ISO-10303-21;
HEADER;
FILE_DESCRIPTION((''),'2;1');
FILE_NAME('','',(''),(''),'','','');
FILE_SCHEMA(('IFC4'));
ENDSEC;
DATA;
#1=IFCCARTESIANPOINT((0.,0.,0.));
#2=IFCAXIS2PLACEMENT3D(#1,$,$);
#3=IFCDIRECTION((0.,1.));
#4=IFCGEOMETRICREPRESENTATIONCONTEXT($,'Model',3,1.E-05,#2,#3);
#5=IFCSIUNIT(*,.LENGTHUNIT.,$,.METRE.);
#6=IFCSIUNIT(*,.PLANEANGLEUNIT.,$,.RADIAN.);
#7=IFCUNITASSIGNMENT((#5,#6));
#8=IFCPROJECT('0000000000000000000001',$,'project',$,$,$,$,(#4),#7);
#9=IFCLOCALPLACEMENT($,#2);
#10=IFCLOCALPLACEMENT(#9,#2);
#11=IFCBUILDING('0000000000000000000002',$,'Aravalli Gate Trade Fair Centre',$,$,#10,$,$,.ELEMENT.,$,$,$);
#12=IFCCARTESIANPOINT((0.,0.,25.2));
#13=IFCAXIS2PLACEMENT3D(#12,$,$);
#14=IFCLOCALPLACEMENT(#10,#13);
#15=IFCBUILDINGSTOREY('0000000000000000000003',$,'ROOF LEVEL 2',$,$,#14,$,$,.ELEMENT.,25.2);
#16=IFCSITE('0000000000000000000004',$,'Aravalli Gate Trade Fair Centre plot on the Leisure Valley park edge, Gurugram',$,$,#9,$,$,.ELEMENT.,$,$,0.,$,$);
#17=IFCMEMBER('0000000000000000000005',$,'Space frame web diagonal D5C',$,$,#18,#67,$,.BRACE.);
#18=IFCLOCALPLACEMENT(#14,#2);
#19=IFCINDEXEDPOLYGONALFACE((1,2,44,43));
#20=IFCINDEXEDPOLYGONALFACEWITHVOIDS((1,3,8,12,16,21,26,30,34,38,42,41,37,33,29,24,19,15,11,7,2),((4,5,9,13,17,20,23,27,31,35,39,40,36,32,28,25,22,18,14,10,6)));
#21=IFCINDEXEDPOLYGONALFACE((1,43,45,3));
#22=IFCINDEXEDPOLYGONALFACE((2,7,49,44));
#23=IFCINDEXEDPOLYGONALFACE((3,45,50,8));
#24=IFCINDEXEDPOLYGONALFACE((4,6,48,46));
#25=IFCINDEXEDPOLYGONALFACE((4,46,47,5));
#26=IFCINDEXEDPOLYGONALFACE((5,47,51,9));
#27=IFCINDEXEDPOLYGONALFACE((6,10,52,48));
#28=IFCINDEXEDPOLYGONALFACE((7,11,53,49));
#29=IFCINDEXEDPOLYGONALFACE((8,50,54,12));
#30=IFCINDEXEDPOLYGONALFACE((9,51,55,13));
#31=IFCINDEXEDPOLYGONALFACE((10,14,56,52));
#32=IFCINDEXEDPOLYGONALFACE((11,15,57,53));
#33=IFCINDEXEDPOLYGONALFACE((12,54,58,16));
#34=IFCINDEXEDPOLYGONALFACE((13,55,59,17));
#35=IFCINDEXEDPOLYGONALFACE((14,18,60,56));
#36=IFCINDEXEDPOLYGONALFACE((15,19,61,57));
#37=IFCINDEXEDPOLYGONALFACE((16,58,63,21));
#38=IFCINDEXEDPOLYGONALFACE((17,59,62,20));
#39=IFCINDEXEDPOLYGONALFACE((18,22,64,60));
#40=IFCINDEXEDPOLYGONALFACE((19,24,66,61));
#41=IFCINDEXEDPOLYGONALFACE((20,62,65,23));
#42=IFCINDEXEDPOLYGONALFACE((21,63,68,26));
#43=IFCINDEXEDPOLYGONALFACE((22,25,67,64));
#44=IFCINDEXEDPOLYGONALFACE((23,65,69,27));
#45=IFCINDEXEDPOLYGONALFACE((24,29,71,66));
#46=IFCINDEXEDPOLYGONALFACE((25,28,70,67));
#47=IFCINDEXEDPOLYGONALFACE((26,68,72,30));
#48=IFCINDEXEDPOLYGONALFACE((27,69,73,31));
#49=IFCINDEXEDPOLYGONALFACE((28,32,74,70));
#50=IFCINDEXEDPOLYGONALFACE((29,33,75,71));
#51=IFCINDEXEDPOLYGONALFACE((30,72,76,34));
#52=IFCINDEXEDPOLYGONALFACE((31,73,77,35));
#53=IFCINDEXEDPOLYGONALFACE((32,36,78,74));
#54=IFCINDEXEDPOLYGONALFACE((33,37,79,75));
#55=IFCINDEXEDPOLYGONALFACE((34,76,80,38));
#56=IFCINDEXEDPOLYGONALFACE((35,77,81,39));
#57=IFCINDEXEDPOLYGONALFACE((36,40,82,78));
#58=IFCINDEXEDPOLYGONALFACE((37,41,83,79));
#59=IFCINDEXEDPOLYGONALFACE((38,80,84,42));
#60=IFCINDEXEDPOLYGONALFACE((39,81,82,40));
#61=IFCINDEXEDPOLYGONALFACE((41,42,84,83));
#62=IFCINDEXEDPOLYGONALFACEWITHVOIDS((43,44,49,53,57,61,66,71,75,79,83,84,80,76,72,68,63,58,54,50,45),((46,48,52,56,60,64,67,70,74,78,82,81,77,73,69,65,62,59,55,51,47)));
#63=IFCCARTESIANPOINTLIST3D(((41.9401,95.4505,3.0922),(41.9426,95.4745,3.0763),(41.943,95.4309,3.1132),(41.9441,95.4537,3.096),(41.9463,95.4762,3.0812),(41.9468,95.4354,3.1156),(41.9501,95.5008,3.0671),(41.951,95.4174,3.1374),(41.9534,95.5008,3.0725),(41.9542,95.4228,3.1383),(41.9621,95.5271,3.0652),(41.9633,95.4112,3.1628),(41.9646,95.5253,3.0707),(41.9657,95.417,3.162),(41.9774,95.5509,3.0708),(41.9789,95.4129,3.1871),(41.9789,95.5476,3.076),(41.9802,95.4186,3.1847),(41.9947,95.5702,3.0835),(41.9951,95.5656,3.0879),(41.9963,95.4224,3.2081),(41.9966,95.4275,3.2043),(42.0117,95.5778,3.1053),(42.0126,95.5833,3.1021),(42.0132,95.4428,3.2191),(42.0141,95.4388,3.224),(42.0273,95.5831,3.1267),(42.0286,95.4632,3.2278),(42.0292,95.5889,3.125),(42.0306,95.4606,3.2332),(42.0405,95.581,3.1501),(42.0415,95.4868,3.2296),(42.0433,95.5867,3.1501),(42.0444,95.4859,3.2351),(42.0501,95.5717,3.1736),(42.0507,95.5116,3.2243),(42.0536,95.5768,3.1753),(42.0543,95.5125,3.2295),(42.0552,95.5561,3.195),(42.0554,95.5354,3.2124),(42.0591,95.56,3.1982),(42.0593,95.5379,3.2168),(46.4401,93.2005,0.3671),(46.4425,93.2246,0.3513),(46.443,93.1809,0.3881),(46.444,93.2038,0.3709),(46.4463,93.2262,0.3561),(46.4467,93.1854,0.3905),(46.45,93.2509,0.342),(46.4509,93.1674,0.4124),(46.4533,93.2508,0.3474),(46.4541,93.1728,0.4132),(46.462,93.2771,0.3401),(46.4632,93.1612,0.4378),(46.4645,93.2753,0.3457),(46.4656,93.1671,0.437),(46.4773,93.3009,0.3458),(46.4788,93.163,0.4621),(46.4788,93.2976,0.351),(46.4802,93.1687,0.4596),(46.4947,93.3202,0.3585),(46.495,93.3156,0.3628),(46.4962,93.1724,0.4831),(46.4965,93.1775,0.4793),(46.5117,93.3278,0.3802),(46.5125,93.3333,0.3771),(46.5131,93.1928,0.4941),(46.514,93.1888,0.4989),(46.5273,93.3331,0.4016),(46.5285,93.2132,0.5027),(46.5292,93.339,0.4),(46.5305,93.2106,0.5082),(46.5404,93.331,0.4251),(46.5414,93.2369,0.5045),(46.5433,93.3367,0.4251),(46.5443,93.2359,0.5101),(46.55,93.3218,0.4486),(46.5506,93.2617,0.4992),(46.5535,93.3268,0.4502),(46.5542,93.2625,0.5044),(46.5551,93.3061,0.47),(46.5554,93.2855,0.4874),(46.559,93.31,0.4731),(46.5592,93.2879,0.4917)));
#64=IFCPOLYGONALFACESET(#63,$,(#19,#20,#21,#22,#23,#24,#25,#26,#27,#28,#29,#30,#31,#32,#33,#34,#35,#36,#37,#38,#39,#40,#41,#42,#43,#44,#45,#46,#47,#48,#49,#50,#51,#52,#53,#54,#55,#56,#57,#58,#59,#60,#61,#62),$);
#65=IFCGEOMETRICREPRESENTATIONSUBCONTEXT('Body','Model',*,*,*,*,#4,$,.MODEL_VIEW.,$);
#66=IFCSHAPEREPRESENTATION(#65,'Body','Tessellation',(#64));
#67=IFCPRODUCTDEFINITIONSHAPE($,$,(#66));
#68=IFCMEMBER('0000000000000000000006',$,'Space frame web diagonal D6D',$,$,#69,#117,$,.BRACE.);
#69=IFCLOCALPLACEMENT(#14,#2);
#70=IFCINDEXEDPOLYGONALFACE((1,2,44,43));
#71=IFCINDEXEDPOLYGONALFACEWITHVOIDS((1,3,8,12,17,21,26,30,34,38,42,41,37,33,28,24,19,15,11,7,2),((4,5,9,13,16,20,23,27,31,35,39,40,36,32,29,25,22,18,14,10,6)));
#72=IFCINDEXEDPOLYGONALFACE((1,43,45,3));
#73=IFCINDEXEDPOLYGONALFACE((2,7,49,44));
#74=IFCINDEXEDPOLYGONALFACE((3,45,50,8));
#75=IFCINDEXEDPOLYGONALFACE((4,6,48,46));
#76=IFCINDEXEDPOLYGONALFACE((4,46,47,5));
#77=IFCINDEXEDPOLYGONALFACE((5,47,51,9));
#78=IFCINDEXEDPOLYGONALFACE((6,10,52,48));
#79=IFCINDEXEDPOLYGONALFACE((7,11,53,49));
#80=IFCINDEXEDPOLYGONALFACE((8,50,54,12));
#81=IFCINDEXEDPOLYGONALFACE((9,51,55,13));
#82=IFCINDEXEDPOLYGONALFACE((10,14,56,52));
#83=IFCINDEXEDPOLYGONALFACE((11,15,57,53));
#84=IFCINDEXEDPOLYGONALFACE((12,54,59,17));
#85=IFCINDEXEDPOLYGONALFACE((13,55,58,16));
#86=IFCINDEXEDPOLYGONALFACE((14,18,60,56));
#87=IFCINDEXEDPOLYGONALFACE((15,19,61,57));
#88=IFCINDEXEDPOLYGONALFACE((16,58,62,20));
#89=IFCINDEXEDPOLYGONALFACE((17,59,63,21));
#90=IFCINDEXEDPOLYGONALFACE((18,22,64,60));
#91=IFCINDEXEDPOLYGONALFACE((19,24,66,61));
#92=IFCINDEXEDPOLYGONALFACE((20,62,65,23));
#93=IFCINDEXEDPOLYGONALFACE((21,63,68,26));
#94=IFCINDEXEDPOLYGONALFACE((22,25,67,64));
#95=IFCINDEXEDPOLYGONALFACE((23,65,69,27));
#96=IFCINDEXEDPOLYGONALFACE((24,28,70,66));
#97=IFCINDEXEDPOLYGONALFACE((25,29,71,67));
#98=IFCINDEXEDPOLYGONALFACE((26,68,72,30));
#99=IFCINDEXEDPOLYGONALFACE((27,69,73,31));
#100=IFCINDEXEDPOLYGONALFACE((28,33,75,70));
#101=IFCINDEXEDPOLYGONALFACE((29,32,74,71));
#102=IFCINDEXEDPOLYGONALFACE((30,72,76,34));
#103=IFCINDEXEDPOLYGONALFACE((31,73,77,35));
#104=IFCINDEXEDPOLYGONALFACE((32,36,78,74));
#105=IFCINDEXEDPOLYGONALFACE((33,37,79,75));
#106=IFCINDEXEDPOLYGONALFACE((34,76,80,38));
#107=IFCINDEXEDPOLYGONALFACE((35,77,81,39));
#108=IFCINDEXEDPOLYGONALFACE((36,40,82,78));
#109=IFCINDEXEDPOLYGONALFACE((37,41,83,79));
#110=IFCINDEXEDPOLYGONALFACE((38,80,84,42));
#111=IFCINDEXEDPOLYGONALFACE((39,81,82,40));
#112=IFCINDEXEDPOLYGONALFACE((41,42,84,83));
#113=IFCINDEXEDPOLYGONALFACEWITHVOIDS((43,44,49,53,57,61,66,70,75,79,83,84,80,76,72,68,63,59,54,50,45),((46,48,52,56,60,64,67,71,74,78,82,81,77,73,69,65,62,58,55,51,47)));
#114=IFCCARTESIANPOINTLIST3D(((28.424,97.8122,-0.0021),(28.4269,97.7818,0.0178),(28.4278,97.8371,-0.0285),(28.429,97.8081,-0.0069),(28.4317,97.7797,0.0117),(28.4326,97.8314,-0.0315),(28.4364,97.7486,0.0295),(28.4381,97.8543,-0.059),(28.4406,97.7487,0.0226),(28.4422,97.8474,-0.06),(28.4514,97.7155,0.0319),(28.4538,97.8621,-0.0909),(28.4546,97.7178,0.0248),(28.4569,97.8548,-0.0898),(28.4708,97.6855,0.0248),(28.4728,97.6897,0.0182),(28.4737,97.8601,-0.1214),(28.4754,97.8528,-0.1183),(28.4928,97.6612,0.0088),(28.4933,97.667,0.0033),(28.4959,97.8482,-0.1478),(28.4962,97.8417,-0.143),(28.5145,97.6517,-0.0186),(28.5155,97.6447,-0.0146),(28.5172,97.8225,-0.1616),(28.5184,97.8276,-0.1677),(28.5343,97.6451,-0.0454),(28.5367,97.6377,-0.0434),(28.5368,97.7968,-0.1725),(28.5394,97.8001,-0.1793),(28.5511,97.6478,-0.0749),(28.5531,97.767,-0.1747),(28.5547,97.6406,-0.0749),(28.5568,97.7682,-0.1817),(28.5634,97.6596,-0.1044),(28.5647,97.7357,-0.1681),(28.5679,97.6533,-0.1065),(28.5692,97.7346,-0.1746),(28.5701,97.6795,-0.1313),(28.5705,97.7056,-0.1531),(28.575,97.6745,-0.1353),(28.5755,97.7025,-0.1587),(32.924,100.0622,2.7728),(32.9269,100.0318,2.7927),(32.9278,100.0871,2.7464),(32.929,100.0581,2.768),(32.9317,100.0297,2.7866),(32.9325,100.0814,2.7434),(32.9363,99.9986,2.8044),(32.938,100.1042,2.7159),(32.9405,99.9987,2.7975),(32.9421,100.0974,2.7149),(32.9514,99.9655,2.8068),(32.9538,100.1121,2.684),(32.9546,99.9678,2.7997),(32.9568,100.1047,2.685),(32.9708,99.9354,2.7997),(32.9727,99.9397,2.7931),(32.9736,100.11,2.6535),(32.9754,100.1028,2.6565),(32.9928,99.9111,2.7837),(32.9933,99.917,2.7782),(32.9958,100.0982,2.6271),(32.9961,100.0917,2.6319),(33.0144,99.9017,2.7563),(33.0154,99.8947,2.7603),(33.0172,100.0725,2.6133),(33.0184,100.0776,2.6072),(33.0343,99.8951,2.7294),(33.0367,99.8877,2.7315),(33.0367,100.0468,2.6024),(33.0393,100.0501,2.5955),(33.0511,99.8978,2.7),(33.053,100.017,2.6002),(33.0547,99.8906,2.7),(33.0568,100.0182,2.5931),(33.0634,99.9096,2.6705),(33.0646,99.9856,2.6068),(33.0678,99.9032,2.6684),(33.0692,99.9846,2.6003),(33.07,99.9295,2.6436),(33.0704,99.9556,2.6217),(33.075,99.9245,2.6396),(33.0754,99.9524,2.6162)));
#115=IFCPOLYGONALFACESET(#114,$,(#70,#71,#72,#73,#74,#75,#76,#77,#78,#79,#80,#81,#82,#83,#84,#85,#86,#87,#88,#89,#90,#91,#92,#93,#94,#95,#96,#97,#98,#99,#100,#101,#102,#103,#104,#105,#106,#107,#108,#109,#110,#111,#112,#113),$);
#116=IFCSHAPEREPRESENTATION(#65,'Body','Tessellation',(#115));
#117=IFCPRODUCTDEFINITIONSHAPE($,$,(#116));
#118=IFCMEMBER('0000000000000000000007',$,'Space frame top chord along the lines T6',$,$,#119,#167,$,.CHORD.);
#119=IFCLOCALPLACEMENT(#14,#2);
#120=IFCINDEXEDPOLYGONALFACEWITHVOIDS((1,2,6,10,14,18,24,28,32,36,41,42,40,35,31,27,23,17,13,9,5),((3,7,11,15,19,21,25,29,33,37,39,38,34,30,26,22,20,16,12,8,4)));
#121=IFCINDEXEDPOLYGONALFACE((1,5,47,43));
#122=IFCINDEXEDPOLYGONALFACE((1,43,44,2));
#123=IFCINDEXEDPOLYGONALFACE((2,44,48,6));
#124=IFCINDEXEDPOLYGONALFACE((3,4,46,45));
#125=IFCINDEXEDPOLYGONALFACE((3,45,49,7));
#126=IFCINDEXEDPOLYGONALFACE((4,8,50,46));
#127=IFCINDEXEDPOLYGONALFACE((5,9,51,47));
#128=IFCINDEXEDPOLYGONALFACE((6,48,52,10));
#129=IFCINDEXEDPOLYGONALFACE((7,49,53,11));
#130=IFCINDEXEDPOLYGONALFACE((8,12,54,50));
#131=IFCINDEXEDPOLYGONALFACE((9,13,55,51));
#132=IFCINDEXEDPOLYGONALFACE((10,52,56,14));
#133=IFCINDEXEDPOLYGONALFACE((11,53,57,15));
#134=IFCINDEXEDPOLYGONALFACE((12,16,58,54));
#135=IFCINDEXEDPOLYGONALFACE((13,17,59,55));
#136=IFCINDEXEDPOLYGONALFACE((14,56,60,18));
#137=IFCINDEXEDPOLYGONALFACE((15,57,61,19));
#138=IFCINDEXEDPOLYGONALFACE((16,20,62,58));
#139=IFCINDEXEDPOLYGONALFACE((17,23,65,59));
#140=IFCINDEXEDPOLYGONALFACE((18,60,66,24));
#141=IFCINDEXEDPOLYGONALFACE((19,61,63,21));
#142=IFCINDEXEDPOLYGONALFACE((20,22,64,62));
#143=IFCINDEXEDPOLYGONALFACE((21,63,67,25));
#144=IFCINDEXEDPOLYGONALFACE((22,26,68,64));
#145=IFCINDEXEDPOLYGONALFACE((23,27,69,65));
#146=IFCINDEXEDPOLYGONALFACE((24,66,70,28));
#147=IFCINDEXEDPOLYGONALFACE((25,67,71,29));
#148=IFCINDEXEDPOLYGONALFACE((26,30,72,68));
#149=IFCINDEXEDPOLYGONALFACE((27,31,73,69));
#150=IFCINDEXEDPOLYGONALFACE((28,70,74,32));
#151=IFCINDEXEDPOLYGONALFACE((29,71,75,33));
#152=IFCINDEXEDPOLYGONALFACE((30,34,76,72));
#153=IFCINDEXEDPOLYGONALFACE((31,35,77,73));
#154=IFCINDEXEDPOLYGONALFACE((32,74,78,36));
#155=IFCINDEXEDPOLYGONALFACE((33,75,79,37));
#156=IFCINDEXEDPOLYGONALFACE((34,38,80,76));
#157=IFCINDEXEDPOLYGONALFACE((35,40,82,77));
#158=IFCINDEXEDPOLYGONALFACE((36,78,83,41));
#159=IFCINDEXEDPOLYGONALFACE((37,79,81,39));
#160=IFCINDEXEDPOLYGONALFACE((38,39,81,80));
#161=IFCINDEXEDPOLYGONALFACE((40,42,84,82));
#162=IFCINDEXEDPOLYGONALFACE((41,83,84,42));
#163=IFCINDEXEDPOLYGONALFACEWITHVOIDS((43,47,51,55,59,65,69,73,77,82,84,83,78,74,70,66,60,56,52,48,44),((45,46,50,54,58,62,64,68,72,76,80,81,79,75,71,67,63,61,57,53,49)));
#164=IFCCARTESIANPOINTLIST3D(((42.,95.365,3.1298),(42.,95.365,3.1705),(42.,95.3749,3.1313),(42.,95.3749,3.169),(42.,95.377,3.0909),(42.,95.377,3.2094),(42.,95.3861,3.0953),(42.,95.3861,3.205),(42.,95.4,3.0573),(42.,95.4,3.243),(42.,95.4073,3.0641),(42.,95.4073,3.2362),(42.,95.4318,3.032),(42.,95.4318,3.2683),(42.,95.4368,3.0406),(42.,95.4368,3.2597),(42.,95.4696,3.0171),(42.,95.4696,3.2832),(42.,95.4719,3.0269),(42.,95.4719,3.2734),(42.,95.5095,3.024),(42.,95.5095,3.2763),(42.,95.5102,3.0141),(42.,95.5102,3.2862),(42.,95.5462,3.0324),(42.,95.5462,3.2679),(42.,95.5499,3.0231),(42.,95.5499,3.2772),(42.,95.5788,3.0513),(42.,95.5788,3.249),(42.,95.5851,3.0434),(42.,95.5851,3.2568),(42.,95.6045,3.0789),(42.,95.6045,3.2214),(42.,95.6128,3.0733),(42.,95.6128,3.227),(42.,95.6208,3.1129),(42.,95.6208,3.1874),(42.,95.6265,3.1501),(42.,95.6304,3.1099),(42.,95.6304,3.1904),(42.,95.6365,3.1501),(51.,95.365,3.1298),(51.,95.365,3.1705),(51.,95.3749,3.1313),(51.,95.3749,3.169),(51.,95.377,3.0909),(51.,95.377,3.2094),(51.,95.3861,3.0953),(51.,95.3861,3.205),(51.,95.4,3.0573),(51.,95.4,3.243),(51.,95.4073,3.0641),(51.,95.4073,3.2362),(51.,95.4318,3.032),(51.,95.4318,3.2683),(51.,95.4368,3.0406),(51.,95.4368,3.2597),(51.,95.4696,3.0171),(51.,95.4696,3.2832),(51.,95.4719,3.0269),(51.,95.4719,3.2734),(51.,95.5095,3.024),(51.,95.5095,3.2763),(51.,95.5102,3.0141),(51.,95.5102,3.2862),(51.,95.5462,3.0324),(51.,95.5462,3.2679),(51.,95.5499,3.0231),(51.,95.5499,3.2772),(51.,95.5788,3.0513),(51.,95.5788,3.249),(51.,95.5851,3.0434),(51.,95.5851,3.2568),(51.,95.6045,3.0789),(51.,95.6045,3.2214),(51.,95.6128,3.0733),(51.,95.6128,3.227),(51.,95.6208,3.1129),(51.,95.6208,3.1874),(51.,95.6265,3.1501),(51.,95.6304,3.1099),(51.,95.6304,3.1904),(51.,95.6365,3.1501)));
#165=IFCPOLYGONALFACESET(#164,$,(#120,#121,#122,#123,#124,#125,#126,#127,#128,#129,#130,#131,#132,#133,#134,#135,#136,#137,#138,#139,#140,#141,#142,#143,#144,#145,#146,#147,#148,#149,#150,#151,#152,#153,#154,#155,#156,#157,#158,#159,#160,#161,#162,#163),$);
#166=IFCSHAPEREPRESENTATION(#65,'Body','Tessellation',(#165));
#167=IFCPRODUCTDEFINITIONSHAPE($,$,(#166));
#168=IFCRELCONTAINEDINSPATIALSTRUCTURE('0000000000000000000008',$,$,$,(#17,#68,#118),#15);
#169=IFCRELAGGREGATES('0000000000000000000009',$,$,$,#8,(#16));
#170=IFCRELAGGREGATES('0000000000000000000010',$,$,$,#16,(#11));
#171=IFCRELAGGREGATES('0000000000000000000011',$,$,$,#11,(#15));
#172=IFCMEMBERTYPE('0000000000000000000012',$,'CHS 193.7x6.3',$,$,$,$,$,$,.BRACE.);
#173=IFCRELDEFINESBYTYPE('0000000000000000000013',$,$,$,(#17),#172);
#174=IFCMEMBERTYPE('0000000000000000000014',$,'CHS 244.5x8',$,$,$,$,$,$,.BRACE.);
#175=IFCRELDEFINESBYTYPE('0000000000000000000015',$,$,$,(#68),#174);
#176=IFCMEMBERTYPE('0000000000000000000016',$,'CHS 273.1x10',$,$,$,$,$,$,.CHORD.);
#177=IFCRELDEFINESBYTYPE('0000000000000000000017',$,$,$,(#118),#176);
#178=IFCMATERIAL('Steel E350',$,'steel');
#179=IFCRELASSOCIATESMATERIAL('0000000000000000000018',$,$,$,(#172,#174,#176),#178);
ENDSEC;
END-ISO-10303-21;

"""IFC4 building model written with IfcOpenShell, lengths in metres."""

from ifc_helpers import new_model, si_unit, direction, frame, origin, origin_2d, place, context, subcontext, project, spatial, hollow_circle, extrude, material, material_profile, profile_set, type_object, element, save


model = new_model("IFC4")

# Units and contexts
model_context = context("Model", 3, precision=1e-05, world=origin(), true_north=direction((0.0, 1.0)))
body_context = subcontext(model_context, "Body", "Model", "MODEL_VIEW")
ifc_project = project(units=[si_unit("LENGTHUNIT", "METRE"), si_unit("PLANEANGLEUNIT", "RADIAN")], contexts=[model_context])

# Site, building, storey
site_placement = place(None, origin())
site = spatial("IfcSite", under=ifc_project, at=site_placement, Name="Aravalli Gate Trade Fair Centre plot on the Leisure Valley park edge, Gurugram", CompositionType="ELEMENT", RefElevation=0.0)
building_placement = place(site_placement, origin())
building = spatial("IfcBuilding", under=site, at=building_placement, Name="Aravalli Gate Trade Fair Centre", CompositionType="ELEMENT")
storey_placement = place(building_placement, frame((0.0, 0.0, 25.2)))
storey = spatial("IfcBuildingStorey", under=building, at=storey_placement, Name="ROOF LEVEL 2", CompositionType="ELEMENT", Elevation=25.2)

# Members
ifc_material = material(Name="Steel E350", Category="steel")
ifc_material_profile_1 = material_profile(ifc_material, hollow_circle(Radius=0.0969, WallThickness=0.0063, at=origin_2d()), Name="CHS 193.7x6.3")
ifc_profile_set_1 = profile_set([ifc_material_profile_1], Name="Steel E350")
member_type_1 = type_object("IfcMemberType", Name="CHS 193.7x6.3", PredefinedType="BRACE", material=ifc_profile_set_1)
member_1_placement = place(storey_placement, frame((42.0, 95.5, 3.1501), z_axis=(0.78647, -0.393235, -0.476268), x_axis=(0.447214, 0.894427, 0.0)))
element("IfcMember", 1, at=member_1_placement, inside=storey, type_object=member_type_1, Name="Space frame web diagonal D5C", PredefinedType="BRACE", context=body_context, shape_type="SweptSolid", body=[
    extrude(hollow_circle(Radius=0.0969, WallThickness=0.0063, at=origin_2d()), origin(), (0.0, 0.0, 1.0), 5.7217),
])
ifc_material_profile_2 = material_profile(ifc_material, hollow_circle(Radius=0.1223, WallThickness=0.0081, at=origin_2d()), Name="CHS 244.5x8")
ifc_profile_set_2 = profile_set([ifc_material_profile_2], Name="Steel E350")
member_type_2 = type_object("IfcMemberType", Name="CHS 244.5x8", PredefinedType="BRACE", material=ifc_profile_set_2)
member_2_placement = place(storey_placement, frame((33.0, 100.0, 2.7), z_axis=(-0.7832, -0.3916, -0.482956), x_axis=(0.447214, -0.894427, 0.0)))
element("IfcMember", 2, at=member_2_placement, inside=storey, type_object=member_type_2, Name="Space frame web diagonal D6D", PredefinedType="BRACE", context=body_context, shape_type="SweptSolid", body=[
    extrude(hollow_circle(Radius=0.1223, WallThickness=0.0081, at=origin_2d()), origin(), (0.0, 0.0, 1.0), 5.7456),
])
ifc_material_profile_3 = material_profile(ifc_material, hollow_circle(Radius=0.1365, WallThickness=0.01, at=origin_2d()), Name="CHS 273.1x10")
ifc_profile_set_3 = profile_set([ifc_material_profile_3], Name="Steel E350")
member_type_3 = type_object("IfcMemberType", Name="CHS 273.1x10", PredefinedType="CHORD", material=ifc_profile_set_3)
member_3_placement = place(storey_placement, frame((42.0, 95.5, 3.1501), z_axis=(1.0, 0.0, 0.0), x_axis=(0.0, 1.0, 0.0)))
element("IfcMember", 3, at=member_3_placement, inside=storey, type_object=member_type_3, Name="Space frame top chord along the lines T6", PredefinedType="CHORD", context=body_context, shape_type="SweptSolid", body=[
    extrude(hollow_circle(Radius=0.1365, WallThickness=0.01, at=origin_2d()), origin(), (0.0, 0.0, 1.0), 9.0),
])

save(model, "model.ifc")
